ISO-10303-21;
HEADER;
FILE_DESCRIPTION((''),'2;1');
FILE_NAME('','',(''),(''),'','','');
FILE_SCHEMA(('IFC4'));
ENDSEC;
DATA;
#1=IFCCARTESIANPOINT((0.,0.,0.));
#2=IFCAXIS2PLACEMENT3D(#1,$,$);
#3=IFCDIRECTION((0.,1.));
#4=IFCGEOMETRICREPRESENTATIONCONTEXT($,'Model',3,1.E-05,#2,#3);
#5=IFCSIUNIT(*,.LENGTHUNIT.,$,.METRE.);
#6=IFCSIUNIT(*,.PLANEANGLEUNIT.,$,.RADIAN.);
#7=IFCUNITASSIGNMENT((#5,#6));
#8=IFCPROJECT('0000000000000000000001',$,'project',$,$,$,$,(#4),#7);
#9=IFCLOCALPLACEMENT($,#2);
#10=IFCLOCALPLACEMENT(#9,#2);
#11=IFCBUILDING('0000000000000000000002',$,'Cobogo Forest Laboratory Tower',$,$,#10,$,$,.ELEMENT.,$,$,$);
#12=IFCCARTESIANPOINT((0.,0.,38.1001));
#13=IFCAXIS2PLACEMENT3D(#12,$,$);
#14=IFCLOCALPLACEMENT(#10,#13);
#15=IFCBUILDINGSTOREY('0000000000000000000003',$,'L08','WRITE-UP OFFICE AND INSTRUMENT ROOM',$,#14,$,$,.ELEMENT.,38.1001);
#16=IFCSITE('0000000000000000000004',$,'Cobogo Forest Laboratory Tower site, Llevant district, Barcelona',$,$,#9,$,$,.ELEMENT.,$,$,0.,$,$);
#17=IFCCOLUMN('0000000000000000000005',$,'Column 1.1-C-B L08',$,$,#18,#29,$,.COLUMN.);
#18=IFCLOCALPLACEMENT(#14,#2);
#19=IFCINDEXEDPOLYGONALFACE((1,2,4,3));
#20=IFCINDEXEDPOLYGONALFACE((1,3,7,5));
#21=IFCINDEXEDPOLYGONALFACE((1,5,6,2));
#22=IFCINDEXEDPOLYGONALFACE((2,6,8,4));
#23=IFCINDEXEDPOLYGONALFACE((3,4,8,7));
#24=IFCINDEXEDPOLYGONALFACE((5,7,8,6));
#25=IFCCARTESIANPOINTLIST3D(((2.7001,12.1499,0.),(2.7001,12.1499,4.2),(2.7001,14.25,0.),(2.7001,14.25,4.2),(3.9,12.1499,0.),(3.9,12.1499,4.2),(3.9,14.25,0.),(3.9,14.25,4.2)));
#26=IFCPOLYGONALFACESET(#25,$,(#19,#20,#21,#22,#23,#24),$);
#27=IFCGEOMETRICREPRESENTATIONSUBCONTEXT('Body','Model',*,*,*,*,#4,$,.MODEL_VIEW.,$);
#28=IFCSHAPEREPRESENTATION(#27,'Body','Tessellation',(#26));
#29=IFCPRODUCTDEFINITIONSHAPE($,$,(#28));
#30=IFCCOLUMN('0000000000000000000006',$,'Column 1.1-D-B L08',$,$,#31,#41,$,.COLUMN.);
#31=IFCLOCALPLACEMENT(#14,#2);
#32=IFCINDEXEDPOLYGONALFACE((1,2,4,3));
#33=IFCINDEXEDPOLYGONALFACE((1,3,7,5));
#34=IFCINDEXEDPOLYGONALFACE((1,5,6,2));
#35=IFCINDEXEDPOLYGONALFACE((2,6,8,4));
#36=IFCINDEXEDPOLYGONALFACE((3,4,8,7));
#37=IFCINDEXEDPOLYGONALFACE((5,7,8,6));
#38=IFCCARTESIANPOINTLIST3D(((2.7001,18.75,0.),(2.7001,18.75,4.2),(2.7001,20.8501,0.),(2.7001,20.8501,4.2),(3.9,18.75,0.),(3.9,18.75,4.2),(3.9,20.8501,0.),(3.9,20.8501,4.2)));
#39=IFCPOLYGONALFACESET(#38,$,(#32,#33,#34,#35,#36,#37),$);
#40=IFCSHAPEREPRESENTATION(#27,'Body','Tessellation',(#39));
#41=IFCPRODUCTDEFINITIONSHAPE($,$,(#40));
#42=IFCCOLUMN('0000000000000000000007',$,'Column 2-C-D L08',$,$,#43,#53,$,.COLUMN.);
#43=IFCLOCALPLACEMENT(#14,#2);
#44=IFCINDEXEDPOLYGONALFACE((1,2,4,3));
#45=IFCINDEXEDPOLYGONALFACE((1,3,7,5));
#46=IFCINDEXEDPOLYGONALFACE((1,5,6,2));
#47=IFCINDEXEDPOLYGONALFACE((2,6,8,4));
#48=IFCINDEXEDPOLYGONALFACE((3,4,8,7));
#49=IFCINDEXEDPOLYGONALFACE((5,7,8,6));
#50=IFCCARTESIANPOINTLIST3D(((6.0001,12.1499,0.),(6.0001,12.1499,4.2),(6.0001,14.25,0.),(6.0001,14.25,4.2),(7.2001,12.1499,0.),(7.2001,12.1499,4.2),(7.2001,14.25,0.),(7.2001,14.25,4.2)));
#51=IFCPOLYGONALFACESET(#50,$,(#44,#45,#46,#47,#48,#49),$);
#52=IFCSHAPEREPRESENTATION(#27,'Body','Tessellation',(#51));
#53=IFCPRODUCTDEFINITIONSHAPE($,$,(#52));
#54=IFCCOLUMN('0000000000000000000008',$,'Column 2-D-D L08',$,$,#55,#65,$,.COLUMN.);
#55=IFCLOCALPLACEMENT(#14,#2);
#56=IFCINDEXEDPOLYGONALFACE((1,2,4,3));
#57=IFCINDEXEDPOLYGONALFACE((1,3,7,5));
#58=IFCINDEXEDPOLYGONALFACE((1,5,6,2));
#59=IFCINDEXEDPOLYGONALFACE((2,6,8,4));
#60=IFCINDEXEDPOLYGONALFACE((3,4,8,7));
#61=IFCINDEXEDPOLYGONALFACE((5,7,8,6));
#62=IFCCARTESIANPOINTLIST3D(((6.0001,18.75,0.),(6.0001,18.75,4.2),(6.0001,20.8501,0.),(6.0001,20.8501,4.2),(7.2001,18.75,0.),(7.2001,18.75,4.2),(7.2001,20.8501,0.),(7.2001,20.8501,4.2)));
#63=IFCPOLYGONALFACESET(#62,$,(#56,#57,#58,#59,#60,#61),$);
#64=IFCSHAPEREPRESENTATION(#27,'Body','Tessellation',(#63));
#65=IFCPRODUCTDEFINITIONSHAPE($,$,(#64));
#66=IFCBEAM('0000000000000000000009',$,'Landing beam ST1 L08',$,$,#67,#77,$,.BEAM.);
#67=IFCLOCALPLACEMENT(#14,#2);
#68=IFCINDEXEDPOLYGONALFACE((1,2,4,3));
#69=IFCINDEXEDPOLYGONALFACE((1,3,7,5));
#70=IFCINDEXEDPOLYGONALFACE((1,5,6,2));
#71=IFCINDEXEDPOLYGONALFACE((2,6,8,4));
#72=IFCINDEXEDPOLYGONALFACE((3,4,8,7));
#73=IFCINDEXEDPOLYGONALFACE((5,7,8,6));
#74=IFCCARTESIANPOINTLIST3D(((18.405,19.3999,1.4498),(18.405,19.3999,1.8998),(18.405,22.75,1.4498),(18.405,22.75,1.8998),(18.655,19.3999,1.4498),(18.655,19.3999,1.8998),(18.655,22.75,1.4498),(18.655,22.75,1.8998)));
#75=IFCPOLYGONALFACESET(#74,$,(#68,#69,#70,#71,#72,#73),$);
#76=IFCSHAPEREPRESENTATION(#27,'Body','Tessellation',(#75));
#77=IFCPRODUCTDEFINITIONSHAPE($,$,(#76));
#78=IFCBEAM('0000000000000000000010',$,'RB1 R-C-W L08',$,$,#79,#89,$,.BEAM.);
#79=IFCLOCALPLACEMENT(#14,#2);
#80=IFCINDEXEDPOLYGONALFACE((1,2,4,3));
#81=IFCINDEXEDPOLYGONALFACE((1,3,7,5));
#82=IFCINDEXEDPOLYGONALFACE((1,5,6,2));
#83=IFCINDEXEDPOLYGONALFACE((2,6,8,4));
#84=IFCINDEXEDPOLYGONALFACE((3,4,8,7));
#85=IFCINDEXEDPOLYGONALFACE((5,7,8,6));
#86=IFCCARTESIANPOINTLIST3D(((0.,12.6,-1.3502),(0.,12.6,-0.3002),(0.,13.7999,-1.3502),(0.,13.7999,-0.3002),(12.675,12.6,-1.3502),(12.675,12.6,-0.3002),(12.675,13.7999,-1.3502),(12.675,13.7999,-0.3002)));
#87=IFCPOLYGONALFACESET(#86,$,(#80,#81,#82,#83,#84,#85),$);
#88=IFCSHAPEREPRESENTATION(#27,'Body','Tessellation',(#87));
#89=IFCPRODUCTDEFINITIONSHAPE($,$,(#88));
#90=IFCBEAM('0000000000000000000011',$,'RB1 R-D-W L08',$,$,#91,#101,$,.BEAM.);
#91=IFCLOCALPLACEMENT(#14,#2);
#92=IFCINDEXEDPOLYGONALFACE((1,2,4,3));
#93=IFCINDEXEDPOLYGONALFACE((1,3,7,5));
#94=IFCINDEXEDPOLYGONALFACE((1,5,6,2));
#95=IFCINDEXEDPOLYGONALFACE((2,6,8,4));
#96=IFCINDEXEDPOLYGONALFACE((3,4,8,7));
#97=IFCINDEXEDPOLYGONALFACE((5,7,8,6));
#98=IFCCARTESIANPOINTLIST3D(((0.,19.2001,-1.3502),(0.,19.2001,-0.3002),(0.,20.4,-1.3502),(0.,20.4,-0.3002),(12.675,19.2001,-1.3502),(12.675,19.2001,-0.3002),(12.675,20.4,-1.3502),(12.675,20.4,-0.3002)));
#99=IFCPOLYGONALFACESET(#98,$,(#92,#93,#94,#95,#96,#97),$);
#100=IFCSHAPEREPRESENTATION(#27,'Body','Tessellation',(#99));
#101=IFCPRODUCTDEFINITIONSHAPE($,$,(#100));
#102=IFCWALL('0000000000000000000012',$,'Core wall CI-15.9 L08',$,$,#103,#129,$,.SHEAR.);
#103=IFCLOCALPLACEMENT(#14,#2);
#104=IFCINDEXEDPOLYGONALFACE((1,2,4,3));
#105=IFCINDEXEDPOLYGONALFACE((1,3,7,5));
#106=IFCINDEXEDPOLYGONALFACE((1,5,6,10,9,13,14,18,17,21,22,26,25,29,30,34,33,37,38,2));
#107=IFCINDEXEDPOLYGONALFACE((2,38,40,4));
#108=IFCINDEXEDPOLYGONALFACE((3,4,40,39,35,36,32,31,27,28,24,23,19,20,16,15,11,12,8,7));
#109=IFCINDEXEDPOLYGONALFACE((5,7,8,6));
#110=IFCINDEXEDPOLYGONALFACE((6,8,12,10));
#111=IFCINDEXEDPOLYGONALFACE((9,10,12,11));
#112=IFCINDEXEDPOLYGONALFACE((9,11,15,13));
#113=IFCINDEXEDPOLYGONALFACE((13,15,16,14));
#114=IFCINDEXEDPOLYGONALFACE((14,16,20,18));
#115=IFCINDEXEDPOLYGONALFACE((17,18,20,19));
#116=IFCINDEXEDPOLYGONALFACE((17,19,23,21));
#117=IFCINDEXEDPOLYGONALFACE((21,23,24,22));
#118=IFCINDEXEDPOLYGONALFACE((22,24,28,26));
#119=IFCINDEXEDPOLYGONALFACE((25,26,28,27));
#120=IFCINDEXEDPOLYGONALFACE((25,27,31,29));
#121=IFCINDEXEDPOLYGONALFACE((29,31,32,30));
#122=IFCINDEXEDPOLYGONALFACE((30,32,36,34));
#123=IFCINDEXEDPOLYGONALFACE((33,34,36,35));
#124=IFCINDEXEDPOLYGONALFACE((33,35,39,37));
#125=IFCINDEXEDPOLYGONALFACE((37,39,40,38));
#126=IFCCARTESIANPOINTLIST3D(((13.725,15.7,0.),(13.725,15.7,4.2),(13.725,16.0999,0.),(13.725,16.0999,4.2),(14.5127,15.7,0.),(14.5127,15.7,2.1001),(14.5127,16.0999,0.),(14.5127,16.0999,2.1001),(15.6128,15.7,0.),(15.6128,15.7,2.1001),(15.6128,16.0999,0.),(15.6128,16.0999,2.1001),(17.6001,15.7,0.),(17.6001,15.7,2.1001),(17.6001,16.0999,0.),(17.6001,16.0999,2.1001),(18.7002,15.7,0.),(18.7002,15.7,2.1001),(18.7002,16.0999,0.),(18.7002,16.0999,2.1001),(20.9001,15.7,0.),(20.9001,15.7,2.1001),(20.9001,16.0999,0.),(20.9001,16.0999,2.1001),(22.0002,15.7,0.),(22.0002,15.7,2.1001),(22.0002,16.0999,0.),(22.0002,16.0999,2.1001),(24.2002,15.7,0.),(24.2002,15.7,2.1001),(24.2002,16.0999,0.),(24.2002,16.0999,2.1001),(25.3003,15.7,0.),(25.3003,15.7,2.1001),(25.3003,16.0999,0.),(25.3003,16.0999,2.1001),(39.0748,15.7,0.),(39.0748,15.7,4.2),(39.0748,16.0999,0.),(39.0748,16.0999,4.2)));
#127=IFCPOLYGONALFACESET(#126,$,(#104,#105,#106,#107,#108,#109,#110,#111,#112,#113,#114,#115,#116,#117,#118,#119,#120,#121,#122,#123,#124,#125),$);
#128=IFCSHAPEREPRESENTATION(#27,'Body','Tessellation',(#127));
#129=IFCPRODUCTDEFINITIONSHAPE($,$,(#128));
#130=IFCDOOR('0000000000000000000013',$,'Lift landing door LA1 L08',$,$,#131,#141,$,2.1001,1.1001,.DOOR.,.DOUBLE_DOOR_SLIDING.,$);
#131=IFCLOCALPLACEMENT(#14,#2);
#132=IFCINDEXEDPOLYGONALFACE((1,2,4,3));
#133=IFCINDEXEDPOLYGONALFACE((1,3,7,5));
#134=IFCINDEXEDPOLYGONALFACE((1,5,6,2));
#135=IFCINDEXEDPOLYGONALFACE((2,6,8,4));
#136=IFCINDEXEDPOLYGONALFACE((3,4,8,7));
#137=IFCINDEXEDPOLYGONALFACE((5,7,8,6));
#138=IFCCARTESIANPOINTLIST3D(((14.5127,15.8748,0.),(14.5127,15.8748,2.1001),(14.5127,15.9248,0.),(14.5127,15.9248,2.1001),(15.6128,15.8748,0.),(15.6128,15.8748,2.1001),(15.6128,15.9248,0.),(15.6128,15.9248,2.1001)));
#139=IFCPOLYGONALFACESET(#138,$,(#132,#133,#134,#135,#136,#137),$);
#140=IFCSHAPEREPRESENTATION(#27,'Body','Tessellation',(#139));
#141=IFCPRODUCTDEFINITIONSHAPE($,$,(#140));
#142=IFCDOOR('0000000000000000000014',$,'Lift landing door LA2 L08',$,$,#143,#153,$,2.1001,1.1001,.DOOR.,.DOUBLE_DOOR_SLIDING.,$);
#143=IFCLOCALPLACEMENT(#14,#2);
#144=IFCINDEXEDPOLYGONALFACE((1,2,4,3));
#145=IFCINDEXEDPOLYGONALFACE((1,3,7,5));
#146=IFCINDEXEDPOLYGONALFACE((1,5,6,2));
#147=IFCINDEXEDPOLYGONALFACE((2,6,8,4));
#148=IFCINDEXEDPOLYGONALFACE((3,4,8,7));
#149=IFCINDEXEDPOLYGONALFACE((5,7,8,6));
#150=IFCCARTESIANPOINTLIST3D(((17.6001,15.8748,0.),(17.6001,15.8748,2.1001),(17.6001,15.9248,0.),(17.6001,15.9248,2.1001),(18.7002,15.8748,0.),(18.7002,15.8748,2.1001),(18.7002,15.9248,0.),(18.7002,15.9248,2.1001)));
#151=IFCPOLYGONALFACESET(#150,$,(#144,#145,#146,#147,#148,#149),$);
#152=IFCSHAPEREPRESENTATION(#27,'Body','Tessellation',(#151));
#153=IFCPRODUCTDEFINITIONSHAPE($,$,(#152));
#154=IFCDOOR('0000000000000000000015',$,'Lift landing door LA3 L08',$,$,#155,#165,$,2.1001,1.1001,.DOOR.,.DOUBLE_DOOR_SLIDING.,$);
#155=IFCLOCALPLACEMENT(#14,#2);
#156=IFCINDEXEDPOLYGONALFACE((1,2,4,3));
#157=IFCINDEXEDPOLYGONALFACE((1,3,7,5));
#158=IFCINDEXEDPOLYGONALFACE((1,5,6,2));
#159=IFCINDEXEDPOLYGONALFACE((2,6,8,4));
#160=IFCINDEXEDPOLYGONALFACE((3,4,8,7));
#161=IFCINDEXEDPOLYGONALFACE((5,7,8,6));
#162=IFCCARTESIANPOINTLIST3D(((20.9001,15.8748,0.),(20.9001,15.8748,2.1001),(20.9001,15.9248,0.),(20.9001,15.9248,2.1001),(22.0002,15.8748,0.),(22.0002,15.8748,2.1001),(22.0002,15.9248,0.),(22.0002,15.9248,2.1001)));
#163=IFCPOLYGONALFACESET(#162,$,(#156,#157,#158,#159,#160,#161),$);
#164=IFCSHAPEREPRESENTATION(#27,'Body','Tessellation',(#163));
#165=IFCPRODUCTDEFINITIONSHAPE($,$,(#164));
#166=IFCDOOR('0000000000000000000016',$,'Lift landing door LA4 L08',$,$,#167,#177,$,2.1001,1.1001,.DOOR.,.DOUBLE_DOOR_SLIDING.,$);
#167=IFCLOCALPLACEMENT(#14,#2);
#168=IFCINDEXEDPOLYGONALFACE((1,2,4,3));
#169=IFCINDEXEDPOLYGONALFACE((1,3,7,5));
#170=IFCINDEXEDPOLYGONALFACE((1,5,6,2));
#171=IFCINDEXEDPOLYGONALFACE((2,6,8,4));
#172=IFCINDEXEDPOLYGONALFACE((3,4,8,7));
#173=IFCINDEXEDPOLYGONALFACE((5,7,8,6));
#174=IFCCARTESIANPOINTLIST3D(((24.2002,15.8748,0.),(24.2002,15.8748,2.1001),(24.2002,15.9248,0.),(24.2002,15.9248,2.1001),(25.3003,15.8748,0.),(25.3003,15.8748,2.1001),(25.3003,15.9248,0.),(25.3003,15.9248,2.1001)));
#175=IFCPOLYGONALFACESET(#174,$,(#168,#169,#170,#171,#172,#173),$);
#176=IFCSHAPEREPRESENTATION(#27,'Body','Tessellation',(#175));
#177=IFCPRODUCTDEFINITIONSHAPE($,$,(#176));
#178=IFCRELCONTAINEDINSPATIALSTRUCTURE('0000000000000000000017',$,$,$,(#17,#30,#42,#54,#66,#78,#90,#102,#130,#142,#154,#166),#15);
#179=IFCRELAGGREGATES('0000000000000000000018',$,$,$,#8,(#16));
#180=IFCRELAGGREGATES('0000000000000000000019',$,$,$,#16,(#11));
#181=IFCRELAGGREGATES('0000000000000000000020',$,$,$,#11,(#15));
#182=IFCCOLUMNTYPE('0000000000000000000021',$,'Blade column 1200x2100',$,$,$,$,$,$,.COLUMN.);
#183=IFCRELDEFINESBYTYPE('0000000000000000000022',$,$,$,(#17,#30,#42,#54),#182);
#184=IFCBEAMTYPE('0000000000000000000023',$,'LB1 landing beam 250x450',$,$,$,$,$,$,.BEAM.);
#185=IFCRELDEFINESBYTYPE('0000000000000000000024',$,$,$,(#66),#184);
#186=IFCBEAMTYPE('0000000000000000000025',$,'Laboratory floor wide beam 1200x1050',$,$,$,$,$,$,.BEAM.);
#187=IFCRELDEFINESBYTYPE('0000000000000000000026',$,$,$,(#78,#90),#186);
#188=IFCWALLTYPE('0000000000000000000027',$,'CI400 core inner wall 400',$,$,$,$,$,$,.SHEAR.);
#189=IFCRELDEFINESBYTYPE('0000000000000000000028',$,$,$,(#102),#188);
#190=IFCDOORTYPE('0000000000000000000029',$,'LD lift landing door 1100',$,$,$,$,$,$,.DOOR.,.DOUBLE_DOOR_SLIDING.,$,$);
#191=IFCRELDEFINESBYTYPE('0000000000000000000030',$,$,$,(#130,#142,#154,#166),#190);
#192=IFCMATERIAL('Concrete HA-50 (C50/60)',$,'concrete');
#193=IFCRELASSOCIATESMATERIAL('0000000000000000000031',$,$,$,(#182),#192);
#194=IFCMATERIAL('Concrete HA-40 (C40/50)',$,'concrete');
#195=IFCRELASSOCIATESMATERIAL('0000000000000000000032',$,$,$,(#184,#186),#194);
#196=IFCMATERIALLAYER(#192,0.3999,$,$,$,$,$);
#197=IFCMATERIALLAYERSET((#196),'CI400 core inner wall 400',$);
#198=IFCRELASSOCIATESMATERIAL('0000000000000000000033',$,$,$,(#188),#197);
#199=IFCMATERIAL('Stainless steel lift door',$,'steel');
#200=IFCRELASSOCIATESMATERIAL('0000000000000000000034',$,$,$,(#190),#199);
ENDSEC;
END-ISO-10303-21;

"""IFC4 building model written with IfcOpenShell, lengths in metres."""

from ifc_helpers import new_model, si_unit, direction, frame, frame_2d, origin, origin_2d, place, context, subcontext, project, spatial, rectangle, extrude, material, layer, layer_set, material_profile, profile_set, type_object, element, fill, save


model = new_model("IFC4")

# Units and contexts
model_context = context("Model", 3, precision=1e-05, world=origin(), true_north=direction((0.0, 1.0)))
body_context = subcontext(model_context, "Body", "Model", "MODEL_VIEW")
ifc_project = project(units=[si_unit("LENGTHUNIT", "METRE"), si_unit("PLANEANGLEUNIT", "RADIAN")], contexts=[model_context])

# Site, building, storey
site_placement = place(None, origin())
site = spatial("IfcSite", under=ifc_project, at=site_placement, Name="Cobogo Forest Laboratory Tower site, Llevant district, Barcelona", CompositionType="ELEMENT", RefElevation=0.0)
building_placement = place(site_placement, origin())
building = spatial("IfcBuilding", under=site, at=building_placement, Name="Cobogo Forest Laboratory Tower", CompositionType="ELEMENT")
storey_placement = place(building_placement, frame((0.0, 0.0, 38.1001)))
storey = spatial("IfcBuildingStorey", under=building, at=storey_placement, Name="L08", Description="WRITE-UP OFFICE AND INSTRUMENT ROOM", CompositionType="ELEMENT", Elevation=38.1001)

# Columns
ifc_material_1 = material(Name="Concrete HA-50 (C50/60)", Category="concrete")
ifc_material_profile_1 = material_profile(ifc_material_1, rectangle(XDim=2.1001, YDim=1.2, at=origin_2d()), Name="RC 1200x2100")
ifc_profile_set_1 = profile_set([ifc_material_profile_1], Name="Concrete HA-50 (C50/60)")
column_type = type_object("IfcColumnType", Name="Blade column 1200x2100", PredefinedType="COLUMN", material=ifc_profile_set_1)
for number, where, z_axis, x_axis, name in (
    (1, (3.3, 13.2, 0.0), (0.0, 0.0, 1.0), (0.0, 1.0, 0.0), "Column 1.1-C-B L08"),
    (2, (3.3, 19.8, 0.0), (0.0, 0.0, 1.0), (0.0, 1.0, 0.0), "Column 1.1-D-B L08"),
    (3, (6.6001, 13.2, 0.0), (0.0, 0.0, 1.0), (0.0, 1.0, 0.0), "Column 2-C-D L08"),
    (4, (6.6001, 19.8, 0.0), (0.0, 0.0, 1.0), (0.0, 1.0, 0.0), "Column 2-D-D L08"),
):
    element("IfcColumn", number, at=place(storey_placement, frame(where, z_axis=z_axis, x_axis=x_axis)), inside=storey, type_object=column_type, Name=name, PredefinedType="COLUMN", context=body_context, shape_type="SweptSolid", body=[
        extrude(rectangle(XDim=2.1001, YDim=1.2, at=origin_2d()), origin(), (0.0, 0.0, 1.0), 4.2),
    ])

# Beams
ifc_material_2 = material(Name="Concrete HA-40 (C40/50)", Category="concrete")
ifc_material_profile_2 = material_profile(ifc_material_2, rectangle(XDim=0.25, YDim=0.45, at=origin_2d()), Name="RC 250x450")
ifc_profile_set_2 = profile_set([ifc_material_profile_2], Name="Concrete HA-40 (C40/50)")
beam_type_1 = type_object("IfcBeamType", Name="LB1 landing beam 250x450", PredefinedType="BEAM", material=ifc_profile_set_2)
beam_placement = place(storey_placement, frame((18.53, 19.3999, 1.6748), z_axis=(0.0, 1.0, 0.0), x_axis=(-1.0, 0.0, 0.0)))
element("IfcBeam", 5, at=beam_placement, inside=storey, type_object=beam_type_1, Name="Landing beam ST1 L08", PredefinedType="BEAM", context=body_context, shape_type="SweptSolid", body=[
    extrude(rectangle(XDim=0.25, YDim=0.45, at=origin_2d()), origin(), (0.0, 0.0, 1.0), 3.3501),
])
ifc_material_profile_3 = material_profile(ifc_material_2, rectangle(XDim=1.2, YDim=1.05, at=origin_2d()), Name="RC 1200x1050")
ifc_profile_set_3 = profile_set([ifc_material_profile_3], Name="Concrete HA-40 (C40/50)")
beam_type_2 = type_object("IfcBeamType", Name="Laboratory floor wide beam 1200x1050", PredefinedType="BEAM", material=ifc_profile_set_3)
for number, where, z_axis, x_axis, name in (
    (6, (12.675, 13.2, -0.8252), (-1.0, 0.0, 0.0), (0.0, -1.0, 0.0), "RB1 R-C-W L08"),
    (7, (12.675, 19.8, -0.8252), (-1.0, 0.0, 0.0), (0.0, -1.0, 0.0), "RB1 R-D-W L08"),
):
    element("IfcBeam", number, at=place(storey_placement, frame(where, z_axis=z_axis, x_axis=x_axis)), inside=storey, type_object=beam_type_2, Name=name, PredefinedType="BEAM", context=body_context, shape_type="SweptSolid", body=[
        extrude(rectangle(XDim=1.2, YDim=1.05, at=origin_2d()), origin(), (0.0, 0.0, 1.0), 12.675),
    ])

# Wall, openings, doors
ifc_layer_1 = layer(ifc_material_1, 0.3999)
ifc_layer_set_1 = layer_set([ifc_layer_1], Name="CI400 core inner wall 400")
wall_type_1 = type_object("IfcWallType", Name="CI400 core inner wall 400", PredefinedType="SHEAR", material=ifc_layer_set_1)
wall_1_placement = place(storey_placement, frame((13.7251, 15.8999, 0.0), z_axis=(0.0, 0.0, 1.0), x_axis=(1.0, 0.0, 0.0)))
wall_1 = element("IfcWall", 8, at=wall_1_placement, inside=storey, type_object=wall_type_1, Name="Core wall CI-15.9 L08", PredefinedType="SHEAR", context=body_context, shape_type="SweptSolid", body=[
    extrude(rectangle(XDim=25.3499, YDim=0.3999, at=frame_2d((12.6748, 0.0))), origin(), (0.0, 0.0, 1.0), 4.2),
])
opening_1_placement = place(wall_1_placement, frame((0.7876, 0.0, 0.0)))
opening_1 = element("IfcOpeningElement", 9, at=opening_1_placement, cuts=wall_1, PredefinedType="OPENING", context=body_context, shape_type="SweptSolid", body=[
    extrude(rectangle(XDim=1.1001, YDim=2.1001, at=frame_2d((0.55, 1.05))), frame((0.0, 0.21, 0.0), z_axis=(0.0, -1.0, 0.0), x_axis=(1.0, 0.0, 0.0)), (0.0, 0.0, 1.0), 0.4199),
])
opening_2_placement = place(wall_1_placement, frame((3.875, 0.0, 0.0)))
opening_2 = element("IfcOpeningElement", 10, at=opening_2_placement, cuts=wall_1, PredefinedType="OPENING", context=body_context, shape_type="SweptSolid", body=[
    extrude(rectangle(XDim=1.1001, YDim=2.1001, at=frame_2d((0.55, 1.05))), frame((0.0, 0.21, 0.0), z_axis=(0.0, -1.0, 0.0), x_axis=(1.0, 0.0, 0.0)), (0.0, 0.0, 1.0), 0.4199),
])
opening_3_placement = place(wall_1_placement, frame((7.175, 0.0, 0.0)))
opening_3 = element("IfcOpeningElement", 11, at=opening_3_placement, cuts=wall_1, PredefinedType="OPENING", context=body_context, shape_type="SweptSolid", body=[
    extrude(rectangle(XDim=1.1001, YDim=2.1001, at=frame_2d((0.55, 1.05))), frame((0.0, 0.21, 0.0), z_axis=(0.0, -1.0, 0.0), x_axis=(1.0, 0.0, 0.0)), (0.0, 0.0, 1.0), 0.4199),
])
opening_4_placement = place(wall_1_placement, frame((10.4751, 0.0, 0.0)))
opening_4 = element("IfcOpeningElement", 12, at=opening_4_placement, cuts=wall_1, PredefinedType="OPENING", context=body_context, shape_type="SweptSolid", body=[
    extrude(rectangle(XDim=1.1001, YDim=2.1001, at=frame_2d((0.55, 1.05))), frame((0.0, 0.21, 0.0), z_axis=(0.0, -1.0, 0.0), x_axis=(1.0, 0.0, 0.0)), (0.0, 0.0, 1.0), 0.4199),
])
ifc_material_3 = material(Name="Stainless steel lift door", Category="steel")
door_type_1 = type_object("IfcDoorType", Name="LD lift landing door 1100", OperationType="DOUBLE_DOOR_SLIDING", PredefinedType="DOOR", material=ifc_material_3)
door_1_placement = place(opening_1_placement, origin())
door_1 = element("IfcDoor", 13, at=door_1_placement, inside=storey, type_object=door_type_1, Name="Lift landing door LA1 L08", OperationType="DOUBLE_DOOR_SLIDING", OverallHeight=2.1001, OverallWidth=1.1001, PredefinedType="DOOR", context=body_context, shape_type="SweptSolid", body=[
    extrude(rectangle(XDim=1.1001, YDim=2.1001, at=frame_2d((0.55, 1.05))), frame((0.0, 0.0249, 0.0), z_axis=(0.0, -1.0, 0.0), x_axis=(1.0, 0.0, 0.0)), (0.0, 0.0, 1.0), 0.05),
])
fill(opening_1, door_1)
door_2_placement = place(opening_2_placement, origin())
door_2 = element("IfcDoor", 14, at=door_2_placement, inside=storey, type_object=door_type_1, Name="Lift landing door LA2 L08", OperationType="DOUBLE_DOOR_SLIDING", OverallHeight=2.1001, OverallWidth=1.1001, PredefinedType="DOOR", context=body_context, shape_type="SweptSolid", body=[
    extrude(rectangle(XDim=1.1001, YDim=2.1001, at=frame_2d((0.55, 1.05))), frame((0.0, 0.0249, 0.0), z_axis=(0.0, -1.0, 0.0), x_axis=(1.0, 0.0, 0.0)), (0.0, 0.0, 1.0), 0.05),
])
fill(opening_2, door_2)
door_3_placement = place(opening_3_placement, origin())
door_3 = element("IfcDoor", 15, at=door_3_placement, inside=storey, type_object=door_type_1, Name="Lift landing door LA3 L08", OperationType="DOUBLE_DOOR_SLIDING", OverallHeight=2.1001, OverallWidth=1.1001, PredefinedType="DOOR", context=body_context, shape_type="SweptSolid", body=[
    extrude(rectangle(XDim=1.1001, YDim=2.1001, at=frame_2d((0.55, 1.05))), frame((0.0, 0.0249, 0.0), z_axis=(0.0, -1.0, 0.0), x_axis=(1.0, 0.0, 0.0)), (0.0, 0.0, 1.0), 0.05),
])
fill(opening_3, door_3)
door_4_placement = place(opening_4_placement, origin())
door_4 = element("IfcDoor", 16, at=door_4_placement, inside=storey, type_object=door_type_1, Name="Lift landing door LA4 L08", OperationType="DOUBLE_DOOR_SLIDING", OverallHeight=2.1001, OverallWidth=1.1001, PredefinedType="DOOR", context=body_context, shape_type="SweptSolid", body=[
    extrude(rectangle(XDim=1.1001, YDim=2.1001, at=frame_2d((0.55, 1.05))), frame((0.0, 0.0249, 0.0), z_axis=(0.0, -1.0, 0.0), x_axis=(1.0, 0.0, 0.0)), (0.0, 0.0, 1.0), 0.05),
])
fill(opening_4, door_4)

save(model, "model.ifc")
